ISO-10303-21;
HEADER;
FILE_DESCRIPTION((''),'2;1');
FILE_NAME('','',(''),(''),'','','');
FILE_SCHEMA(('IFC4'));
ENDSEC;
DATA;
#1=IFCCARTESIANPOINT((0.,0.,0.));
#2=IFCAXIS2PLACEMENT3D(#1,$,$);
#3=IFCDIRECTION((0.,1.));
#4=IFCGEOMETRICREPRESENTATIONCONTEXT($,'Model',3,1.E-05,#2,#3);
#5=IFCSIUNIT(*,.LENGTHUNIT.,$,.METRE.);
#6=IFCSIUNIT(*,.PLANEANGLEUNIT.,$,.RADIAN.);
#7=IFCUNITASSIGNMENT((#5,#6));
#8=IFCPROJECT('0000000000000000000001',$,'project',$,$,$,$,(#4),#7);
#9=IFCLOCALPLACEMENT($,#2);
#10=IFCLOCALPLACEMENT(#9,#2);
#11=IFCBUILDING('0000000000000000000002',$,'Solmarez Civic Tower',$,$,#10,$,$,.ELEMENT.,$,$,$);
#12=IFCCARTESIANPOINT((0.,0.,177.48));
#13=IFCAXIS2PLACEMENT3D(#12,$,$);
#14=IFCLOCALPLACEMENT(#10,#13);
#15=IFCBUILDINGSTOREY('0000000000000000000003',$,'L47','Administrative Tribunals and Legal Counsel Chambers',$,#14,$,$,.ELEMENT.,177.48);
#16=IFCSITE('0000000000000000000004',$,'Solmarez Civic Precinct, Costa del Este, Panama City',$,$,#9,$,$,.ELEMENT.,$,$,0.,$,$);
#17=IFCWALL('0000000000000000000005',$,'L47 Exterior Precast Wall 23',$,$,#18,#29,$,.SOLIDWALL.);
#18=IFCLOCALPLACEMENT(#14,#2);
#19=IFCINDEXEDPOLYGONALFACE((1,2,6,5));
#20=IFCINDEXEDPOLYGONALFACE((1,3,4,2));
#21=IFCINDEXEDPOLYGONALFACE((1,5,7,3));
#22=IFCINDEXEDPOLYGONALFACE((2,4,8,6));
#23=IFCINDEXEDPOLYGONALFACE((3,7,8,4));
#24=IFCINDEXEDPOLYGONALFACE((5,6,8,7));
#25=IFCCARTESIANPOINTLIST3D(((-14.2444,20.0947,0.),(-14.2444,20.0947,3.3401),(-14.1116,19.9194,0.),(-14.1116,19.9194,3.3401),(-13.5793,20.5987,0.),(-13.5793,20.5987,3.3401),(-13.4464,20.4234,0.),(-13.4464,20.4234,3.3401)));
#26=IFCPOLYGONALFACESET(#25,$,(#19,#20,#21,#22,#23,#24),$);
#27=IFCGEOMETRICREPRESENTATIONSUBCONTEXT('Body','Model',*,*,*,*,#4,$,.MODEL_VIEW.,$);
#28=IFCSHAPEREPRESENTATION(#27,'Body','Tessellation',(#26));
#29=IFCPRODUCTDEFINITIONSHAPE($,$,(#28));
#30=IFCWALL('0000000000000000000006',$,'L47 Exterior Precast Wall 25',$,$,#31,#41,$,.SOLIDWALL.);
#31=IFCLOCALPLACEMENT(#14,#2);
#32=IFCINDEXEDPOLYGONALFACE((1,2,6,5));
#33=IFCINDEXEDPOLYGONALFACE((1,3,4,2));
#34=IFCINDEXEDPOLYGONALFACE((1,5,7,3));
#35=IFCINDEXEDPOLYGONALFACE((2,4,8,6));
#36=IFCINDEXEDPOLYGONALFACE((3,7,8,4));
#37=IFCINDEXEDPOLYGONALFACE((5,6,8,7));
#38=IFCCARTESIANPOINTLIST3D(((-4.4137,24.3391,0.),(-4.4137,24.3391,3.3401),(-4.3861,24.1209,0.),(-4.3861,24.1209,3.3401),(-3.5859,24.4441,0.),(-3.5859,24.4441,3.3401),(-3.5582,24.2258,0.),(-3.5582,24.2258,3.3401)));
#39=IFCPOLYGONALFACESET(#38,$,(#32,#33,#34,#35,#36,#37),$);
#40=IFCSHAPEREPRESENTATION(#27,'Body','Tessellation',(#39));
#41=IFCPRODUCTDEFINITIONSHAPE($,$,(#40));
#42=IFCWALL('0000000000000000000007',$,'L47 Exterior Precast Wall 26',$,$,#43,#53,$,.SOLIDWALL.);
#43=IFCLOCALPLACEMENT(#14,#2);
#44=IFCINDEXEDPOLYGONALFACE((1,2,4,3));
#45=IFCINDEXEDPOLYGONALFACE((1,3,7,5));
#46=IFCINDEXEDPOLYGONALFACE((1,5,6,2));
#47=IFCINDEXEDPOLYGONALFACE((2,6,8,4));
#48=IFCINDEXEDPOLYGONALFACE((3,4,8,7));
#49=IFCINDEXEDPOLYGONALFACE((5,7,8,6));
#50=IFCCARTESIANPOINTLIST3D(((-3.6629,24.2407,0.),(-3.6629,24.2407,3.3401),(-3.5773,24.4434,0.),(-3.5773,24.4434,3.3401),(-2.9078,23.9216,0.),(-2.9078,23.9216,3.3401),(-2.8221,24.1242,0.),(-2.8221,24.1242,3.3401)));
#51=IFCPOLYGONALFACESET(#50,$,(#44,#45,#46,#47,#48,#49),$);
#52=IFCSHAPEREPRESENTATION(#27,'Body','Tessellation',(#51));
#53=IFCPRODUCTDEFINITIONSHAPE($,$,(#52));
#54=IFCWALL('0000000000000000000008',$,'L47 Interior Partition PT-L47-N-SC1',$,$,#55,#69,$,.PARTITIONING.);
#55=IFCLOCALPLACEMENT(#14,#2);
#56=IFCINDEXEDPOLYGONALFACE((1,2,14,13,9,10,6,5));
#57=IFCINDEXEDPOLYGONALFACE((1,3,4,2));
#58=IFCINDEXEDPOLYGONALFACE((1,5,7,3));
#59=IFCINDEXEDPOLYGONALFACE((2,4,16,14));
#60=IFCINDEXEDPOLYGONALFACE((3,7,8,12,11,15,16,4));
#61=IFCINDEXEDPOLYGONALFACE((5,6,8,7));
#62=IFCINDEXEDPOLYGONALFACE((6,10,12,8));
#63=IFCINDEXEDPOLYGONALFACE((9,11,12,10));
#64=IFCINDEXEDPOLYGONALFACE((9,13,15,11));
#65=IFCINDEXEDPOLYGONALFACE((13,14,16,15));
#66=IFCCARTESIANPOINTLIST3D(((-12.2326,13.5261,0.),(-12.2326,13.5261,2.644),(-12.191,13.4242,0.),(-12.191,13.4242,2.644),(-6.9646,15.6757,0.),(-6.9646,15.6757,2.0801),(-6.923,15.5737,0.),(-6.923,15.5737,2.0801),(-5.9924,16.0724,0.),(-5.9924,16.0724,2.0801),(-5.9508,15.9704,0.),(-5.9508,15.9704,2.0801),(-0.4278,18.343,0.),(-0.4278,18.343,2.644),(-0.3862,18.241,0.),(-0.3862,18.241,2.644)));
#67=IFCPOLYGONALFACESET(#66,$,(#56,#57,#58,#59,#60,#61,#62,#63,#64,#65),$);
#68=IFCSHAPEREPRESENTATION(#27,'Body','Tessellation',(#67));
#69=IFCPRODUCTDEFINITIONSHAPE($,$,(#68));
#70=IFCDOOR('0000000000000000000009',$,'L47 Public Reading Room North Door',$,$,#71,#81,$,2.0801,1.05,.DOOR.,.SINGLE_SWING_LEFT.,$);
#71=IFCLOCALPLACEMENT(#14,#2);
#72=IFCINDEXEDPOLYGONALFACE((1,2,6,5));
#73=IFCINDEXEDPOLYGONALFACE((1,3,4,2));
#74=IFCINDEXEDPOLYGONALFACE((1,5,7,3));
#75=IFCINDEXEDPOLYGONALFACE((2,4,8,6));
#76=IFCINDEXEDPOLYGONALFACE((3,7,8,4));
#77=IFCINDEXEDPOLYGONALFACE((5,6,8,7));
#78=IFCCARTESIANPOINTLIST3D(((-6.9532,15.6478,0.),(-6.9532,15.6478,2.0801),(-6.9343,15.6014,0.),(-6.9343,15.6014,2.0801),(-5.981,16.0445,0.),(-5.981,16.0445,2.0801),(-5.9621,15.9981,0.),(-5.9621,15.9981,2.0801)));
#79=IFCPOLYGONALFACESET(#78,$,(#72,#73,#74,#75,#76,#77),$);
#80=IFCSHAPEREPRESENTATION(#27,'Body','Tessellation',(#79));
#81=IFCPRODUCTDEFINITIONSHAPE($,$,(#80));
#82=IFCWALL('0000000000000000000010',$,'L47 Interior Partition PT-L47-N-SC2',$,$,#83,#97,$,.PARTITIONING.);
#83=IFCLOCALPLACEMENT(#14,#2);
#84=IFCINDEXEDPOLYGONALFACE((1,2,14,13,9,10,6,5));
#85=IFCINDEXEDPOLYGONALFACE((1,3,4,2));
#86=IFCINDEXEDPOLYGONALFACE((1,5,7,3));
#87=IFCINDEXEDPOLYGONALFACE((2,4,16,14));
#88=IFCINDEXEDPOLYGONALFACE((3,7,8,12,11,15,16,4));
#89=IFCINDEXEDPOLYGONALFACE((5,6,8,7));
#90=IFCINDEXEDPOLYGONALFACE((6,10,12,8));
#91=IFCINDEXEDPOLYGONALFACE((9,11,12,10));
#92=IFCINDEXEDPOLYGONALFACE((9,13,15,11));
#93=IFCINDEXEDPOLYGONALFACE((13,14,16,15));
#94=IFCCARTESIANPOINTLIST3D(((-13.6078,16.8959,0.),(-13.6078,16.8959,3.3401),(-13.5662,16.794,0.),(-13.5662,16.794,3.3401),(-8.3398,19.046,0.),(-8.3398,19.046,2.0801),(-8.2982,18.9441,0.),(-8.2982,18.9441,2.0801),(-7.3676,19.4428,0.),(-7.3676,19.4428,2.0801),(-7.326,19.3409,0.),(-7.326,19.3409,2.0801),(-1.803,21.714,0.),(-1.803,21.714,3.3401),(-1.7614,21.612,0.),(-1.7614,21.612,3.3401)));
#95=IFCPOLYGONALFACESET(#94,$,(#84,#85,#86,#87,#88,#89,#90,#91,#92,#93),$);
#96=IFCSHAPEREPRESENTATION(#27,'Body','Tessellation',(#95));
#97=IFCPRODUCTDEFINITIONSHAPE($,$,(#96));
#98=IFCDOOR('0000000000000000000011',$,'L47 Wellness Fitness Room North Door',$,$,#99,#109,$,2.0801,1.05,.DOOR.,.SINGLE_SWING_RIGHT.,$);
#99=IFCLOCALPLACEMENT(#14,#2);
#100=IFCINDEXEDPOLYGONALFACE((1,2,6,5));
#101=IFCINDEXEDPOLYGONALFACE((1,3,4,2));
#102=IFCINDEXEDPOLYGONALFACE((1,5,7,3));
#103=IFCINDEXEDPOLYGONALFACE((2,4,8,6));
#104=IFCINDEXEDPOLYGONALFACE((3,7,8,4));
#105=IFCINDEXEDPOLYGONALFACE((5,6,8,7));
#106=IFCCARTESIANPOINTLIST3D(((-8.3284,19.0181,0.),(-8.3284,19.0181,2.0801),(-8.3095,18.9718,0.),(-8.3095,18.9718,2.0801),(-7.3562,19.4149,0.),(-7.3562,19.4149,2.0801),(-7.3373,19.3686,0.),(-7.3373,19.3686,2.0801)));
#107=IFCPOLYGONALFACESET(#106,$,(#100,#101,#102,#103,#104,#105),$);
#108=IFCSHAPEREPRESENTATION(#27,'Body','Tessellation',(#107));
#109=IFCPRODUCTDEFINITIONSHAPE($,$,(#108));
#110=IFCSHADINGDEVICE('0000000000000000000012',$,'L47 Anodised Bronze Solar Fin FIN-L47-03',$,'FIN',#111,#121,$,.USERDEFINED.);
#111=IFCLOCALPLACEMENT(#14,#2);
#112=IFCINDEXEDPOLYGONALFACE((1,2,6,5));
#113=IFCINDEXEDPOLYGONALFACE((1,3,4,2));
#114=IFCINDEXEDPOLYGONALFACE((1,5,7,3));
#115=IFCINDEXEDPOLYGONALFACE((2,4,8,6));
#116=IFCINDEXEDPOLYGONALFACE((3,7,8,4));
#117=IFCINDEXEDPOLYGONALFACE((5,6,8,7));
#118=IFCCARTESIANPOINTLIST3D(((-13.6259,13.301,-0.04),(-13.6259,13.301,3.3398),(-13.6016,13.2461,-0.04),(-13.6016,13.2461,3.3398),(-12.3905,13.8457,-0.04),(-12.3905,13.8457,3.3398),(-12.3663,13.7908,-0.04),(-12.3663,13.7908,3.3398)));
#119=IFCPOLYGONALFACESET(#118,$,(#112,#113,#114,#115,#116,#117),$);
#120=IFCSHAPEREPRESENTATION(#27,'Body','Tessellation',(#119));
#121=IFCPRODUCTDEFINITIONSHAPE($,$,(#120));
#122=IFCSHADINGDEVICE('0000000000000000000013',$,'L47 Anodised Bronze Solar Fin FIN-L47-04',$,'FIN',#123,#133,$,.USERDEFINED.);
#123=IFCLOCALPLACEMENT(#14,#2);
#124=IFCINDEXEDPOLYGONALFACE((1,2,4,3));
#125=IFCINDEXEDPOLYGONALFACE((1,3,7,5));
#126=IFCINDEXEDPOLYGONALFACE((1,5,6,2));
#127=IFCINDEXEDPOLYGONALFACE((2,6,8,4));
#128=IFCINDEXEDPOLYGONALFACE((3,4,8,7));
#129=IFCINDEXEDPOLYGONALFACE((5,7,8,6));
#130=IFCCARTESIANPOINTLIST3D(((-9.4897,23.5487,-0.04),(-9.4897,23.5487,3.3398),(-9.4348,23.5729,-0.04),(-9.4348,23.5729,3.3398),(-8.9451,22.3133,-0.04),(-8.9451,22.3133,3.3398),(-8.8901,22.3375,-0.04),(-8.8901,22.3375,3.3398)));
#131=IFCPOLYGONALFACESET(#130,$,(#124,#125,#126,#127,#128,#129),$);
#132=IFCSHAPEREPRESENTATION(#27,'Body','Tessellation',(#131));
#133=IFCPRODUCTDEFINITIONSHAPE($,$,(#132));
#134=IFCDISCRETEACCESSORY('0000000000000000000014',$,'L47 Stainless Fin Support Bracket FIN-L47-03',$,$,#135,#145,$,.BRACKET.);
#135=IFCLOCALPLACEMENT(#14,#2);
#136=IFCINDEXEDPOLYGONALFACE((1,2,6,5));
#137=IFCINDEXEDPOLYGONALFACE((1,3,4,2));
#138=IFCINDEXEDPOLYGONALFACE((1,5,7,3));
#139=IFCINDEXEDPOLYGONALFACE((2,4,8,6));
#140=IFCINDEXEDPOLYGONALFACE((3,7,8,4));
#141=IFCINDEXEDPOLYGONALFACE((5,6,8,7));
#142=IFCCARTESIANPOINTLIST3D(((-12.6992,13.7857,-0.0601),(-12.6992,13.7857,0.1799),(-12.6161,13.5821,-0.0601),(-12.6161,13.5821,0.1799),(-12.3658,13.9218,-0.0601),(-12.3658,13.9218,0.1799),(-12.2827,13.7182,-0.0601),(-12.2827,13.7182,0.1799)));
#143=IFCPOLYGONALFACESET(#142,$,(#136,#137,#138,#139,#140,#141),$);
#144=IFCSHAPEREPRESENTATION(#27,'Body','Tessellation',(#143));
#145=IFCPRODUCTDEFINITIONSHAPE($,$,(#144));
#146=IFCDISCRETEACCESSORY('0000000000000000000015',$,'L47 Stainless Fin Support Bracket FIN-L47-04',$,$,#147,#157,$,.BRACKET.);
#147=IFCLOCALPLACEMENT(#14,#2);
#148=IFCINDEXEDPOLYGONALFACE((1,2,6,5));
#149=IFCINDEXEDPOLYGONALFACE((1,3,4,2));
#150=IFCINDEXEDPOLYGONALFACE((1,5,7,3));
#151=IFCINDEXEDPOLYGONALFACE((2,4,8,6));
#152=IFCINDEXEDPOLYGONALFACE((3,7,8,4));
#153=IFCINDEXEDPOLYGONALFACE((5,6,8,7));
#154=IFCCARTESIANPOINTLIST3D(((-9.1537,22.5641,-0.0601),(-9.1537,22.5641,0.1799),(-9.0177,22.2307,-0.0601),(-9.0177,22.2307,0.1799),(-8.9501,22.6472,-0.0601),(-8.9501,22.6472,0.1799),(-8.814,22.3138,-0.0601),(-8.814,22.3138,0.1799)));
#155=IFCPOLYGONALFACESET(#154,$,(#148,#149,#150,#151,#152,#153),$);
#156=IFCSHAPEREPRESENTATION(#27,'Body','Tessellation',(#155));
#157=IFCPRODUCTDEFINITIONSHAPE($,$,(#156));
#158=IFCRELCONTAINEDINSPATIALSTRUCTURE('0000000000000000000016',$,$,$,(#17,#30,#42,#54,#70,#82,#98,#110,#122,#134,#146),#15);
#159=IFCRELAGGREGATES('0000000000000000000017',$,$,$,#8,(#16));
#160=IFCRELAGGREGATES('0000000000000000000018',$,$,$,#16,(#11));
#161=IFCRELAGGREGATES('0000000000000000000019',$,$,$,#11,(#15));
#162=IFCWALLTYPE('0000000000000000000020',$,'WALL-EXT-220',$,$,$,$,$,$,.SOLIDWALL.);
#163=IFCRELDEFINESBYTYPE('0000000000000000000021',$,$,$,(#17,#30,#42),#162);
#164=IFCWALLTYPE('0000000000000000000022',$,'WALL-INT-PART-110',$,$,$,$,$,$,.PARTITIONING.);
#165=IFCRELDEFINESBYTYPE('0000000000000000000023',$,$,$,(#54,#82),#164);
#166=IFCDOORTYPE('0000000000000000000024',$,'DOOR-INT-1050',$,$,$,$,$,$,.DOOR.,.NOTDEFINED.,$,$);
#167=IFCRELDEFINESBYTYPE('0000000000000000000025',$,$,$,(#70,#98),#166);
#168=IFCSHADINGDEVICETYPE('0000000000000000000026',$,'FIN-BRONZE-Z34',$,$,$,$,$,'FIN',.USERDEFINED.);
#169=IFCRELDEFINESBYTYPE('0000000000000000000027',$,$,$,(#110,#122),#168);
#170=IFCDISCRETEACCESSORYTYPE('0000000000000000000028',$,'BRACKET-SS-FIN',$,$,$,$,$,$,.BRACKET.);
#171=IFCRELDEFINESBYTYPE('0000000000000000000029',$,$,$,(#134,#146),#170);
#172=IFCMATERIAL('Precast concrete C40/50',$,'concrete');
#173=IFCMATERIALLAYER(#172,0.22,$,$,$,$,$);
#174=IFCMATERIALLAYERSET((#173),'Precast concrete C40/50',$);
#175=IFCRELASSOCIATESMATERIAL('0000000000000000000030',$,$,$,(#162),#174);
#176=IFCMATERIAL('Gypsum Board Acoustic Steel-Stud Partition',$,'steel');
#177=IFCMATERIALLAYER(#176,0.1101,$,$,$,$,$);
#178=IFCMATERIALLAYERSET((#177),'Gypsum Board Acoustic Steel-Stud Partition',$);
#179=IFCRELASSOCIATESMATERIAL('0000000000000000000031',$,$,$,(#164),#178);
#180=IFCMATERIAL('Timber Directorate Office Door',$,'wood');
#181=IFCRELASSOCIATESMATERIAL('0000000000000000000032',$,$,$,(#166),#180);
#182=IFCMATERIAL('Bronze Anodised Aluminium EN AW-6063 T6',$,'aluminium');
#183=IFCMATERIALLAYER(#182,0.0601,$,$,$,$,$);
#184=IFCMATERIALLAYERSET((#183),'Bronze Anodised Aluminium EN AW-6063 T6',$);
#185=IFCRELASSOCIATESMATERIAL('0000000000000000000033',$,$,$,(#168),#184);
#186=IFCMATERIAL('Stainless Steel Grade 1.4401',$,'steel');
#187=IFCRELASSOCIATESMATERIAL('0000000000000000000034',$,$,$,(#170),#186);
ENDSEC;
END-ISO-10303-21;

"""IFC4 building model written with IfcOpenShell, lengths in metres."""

from ifc_helpers import new_model, si_unit, direction, frame, frame_2d, origin, origin_2d, place, context, subcontext, project, spatial, rectangle, extrude, material, layer, layer_set, type_object, element, fill, save


model = new_model("IFC4")

# Units and contexts
model_context = context("Model", 3, precision=1e-05, world=origin(), true_north=direction((0.0, 1.0)))
body_context = subcontext(model_context, "Body", "Model", "MODEL_VIEW")
ifc_project = project(units=[si_unit("LENGTHUNIT", "METRE"), si_unit("PLANEANGLEUNIT", "RADIAN")], contexts=[model_context])

# Site, building, storey
site_placement = place(None, origin())
site = spatial("IfcSite", under=ifc_project, at=site_placement, Name="Solmarez Civic Precinct, Costa del Este, Panama City", CompositionType="ELEMENT", RefElevation=0.0)
building_placement = place(site_placement, origin())
building = spatial("IfcBuilding", under=site, at=building_placement, Name="Solmarez Civic Tower", CompositionType="ELEMENT")
storey_placement = place(building_placement, frame((0.0, 0.0, 177.48)))
storey = spatial("IfcBuildingStorey", under=building, at=storey_placement, Name="L47", Description="Administrative Tribunals and Legal Counsel Chambers", CompositionType="ELEMENT", Elevation=177.48)

# Shared definitions
ifc_material_1 = material(Name="Bronze Anodised Aluminium EN AW-6063 T6", Category="aluminium")

# Walls
ifc_material_2 = material(Name="Precast concrete C40/50", Category="concrete")
ifc_layer_1 = layer(ifc_material_2, 0.22)
ifc_layer_set_1 = layer_set([ifc_layer_1], Name="Precast concrete C40/50")
wall_type_1 = type_object("IfcWallType", Name="WALL-EXT-220", PredefinedType="SOLIDWALL", material=ifc_layer_set_1)
for number, where, z_axis, x_axis, name in (
    (1, (-14.178, 20.0071, 0.0), (0.0, 0.0, 1.0), (0.797041, 0.603925, 0.0), "L47 Exterior Precast Wall 23"),
    (2, (-4.3999, 24.23, 0.0), (0.0, 0.0, 1.0), (0.992056, 0.125799, 0.0), "L47 Exterior Precast Wall 25"),
):
    element("IfcWall", number, at=place(storey_placement, frame(where, z_axis=z_axis, x_axis=x_axis)), inside=storey, type_object=wall_type_1, Name=name, PredefinedType="SOLIDWALL", context=body_context, shape_type="SweptSolid", body=[
        extrude(rectangle(XDim=0.8345, YDim=0.22, at=frame_2d((0.4172, 0.0))), origin(), (0.0, 0.0, 1.0), 3.3401),
    ])
wall_1_placement = place(storey_placement, frame((-3.6201, 24.342, 0.0), z_axis=(0.0, 0.0, 1.0), x_axis=(0.921136, -0.389242, 0.0)))
element("IfcWall", 3, at=wall_1_placement, inside=storey, type_object=wall_type_1, Name="L47 Exterior Precast Wall 26", PredefinedType="SOLIDWALL", context=body_context, shape_type="SweptSolid", body=[
    extrude(rectangle(XDim=0.8198, YDim=0.22, at=frame_2d((0.4099, 0.0))), origin(), (0.0, 0.0, 1.0), 3.3401),
])

# Walls, openings, doors
ifc_material_3 = material(Name="Gypsum Board Acoustic Steel-Stud Partition", Category="steel")
ifc_layer_2 = layer(ifc_material_3, 0.1101)
ifc_layer_set_2 = layer_set([ifc_layer_2], Name="Gypsum Board Acoustic Steel-Stud Partition")
wall_type_2 = type_object("IfcWallType", Name="WALL-INT-PART-110", PredefinedType="PARTITIONING", material=ifc_layer_set_2)
wall_2_placement = place(storey_placement, frame((-12.2119, 13.4751, 0.0), z_axis=(0.0, 0.0, 1.0), x_axis=(0.925887, 0.3778, 0.0)))
wall_2 = element("IfcWall", 4, at=wall_2_placement, inside=storey, type_object=wall_type_2, Name="L47 Interior Partition PT-L47-N-SC1", PredefinedType="PARTITIONING", context=body_context, shape_type="SweptSolid", body=[
    extrude(rectangle(XDim=12.7498, YDim=0.1101, at=frame_2d((6.375, 0.0))), origin(), (0.0, 0.0, 1.0), 2.644),
])
opening_1_placement = place(wall_2_placement, frame((5.6899, 0.0, 0.0)))
opening_1 = element("IfcOpeningElement", 5, at=opening_1_placement, cuts=wall_2, PredefinedType="OPENING", context=body_context, shape_type="SweptSolid", body=[
    extrude(rectangle(XDim=1.05, YDim=2.0801, at=frame_2d((0.5249, 1.04))), frame((0.0, 0.0649, 0.0), z_axis=(0.0, -1.0, 0.0), x_axis=(1.0, 0.0, 0.0)), (0.0, 0.0, 1.0), 0.1301),
])
ifc_material_4 = material(Name="Timber Directorate Office Door", Category="wood")
door_type = type_object("IfcDoorType", Name="DOOR-INT-1050", OperationType="NOTDEFINED", PredefinedType="DOOR", material=ifc_material_4)
door_1_placement = place(opening_1_placement, origin())
door_1 = element("IfcDoor", 6, at=door_1_placement, inside=storey, type_object=door_type, Name="L47 Public Reading Room North Door", OperationType="SINGLE_SWING_LEFT", OverallHeight=2.0801, OverallWidth=1.05, PredefinedType="DOOR", context=body_context, shape_type="SweptSolid", body=[
    extrude(rectangle(XDim=1.05, YDim=2.0801, at=frame_2d((0.5249, 1.04))), frame((0.0, 0.0249, 0.0), z_axis=(0.0, -1.0, 0.0), x_axis=(1.0, 0.0, 0.0)), (0.0, 0.0, 1.0), 0.05),
])
fill(opening_1, door_1)
wall_3_placement = place(storey_placement, frame((-13.5869, 16.845, 0.0), z_axis=(0.0, 0.0, 1.0), x_axis=(0.925854, 0.377882, 0.0)))
wall_3 = element("IfcWall", 7, at=wall_3_placement, inside=storey, type_object=wall_type_2, Name="L47 Interior Partition PT-L47-N-SC2", PredefinedType="PARTITIONING", context=body_context, shape_type="SweptSolid", body=[
    extrude(rectangle(XDim=12.7502, YDim=0.1101, at=frame_2d((6.375, 0.0))), origin(), (0.0, 0.0, 1.0), 3.3401),
])
opening_2_placement = place(wall_3_placement, frame((5.6899, 0.0, 0.0)))
opening_2 = element("IfcOpeningElement", 8, at=opening_2_placement, cuts=wall_3, PredefinedType="OPENING", context=body_context, shape_type="SweptSolid", body=[
    extrude(rectangle(XDim=1.05, YDim=2.0801, at=frame_2d((0.5249, 1.04))), frame((0.0, 0.0649, 0.0), z_axis=(0.0, -1.0, 0.0), x_axis=(1.0, 0.0, 0.0)), (0.0, 0.0, 1.0), 0.1301),
])
door_2_placement = place(opening_2_placement, origin())
door_2 = element("IfcDoor", 9, at=door_2_placement, inside=storey, type_object=door_type, Name="L47 Wellness Fitness Room North Door", OperationType="SINGLE_SWING_RIGHT", OverallHeight=2.0801, OverallWidth=1.05, PredefinedType="DOOR", context=body_context, shape_type="SweptSolid", body=[
    extrude(rectangle(XDim=1.05, YDim=2.0801, at=frame_2d((0.5249, 1.04))), frame((0.0, 0.0249, 0.0), z_axis=(0.0, -1.0, 0.0), x_axis=(1.0, 0.0, 0.0)), (0.0, 0.0, 1.0), 0.05),
])
fill(opening_2, door_2)

# Shading devices
ifc_layer_3 = layer(ifc_material_1, 0.0601)
ifc_layer_set_3 = layer_set([ifc_layer_3], Name="Bronze Anodised Aluminium EN AW-6063 T6")
shading_device_type = type_object("IfcShadingDeviceType", Name="FIN-BRONZE-Z34", ElementType="FIN", PredefinedType="USERDEFINED", material=ifc_layer_set_3)
for number, where, z_axis, x_axis, name in (
    (10, (-12.9961, 13.5459, -0.04), (0.0, 0.0, 1.0), (-0.915002, -0.403449, 0.0), "L47 Anodised Bronze Solar Fin FIN-L47-03"),
    (11, (-9.1899, 22.9431, -0.04), (0.0, 0.0, 1.0), (-0.403402, 0.915023, 0.0), "L47 Anodised Bronze Solar Fin FIN-L47-04"),
):
    element("IfcShadingDevice", number, at=place(storey_placement, frame(where, z_axis=z_axis, x_axis=x_axis)), inside=storey, type_object=shading_device_type, Name=name, ObjectType="FIN", PredefinedType="USERDEFINED", context=body_context, shape_type="SweptSolid", body=[
        extrude(rectangle(XDim=1.3501, YDim=0.0601, at=origin_2d()), origin(), (0.0, 0.0, 1.0), 3.3799),
    ])

# Discrete accessories
ifc_material_5 = material(Name="Stainless Steel Grade 1.4401", Category="steel")
discrete_accessory_type = type_object("IfcDiscreteAccessoryType", Name="BRACKET-SS-FIN", PredefinedType="BRACKET", material=ifc_material_5)
for number, where, z_axis, x_axis, name in (
    (12, (-12.491, 13.752, -0.0601), (0.0, 0.0, 1.0), (-0.925863, -0.377858, 0.0), "L47 Stainless Fin Support Bracket FIN-L47-03"),
    (13, (-8.9839, 22.439, -0.0601), (0.0, 0.0, 1.0), (-0.377814, 0.925882, 0.0), "L47 Stainless Fin Support Bracket FIN-L47-04"),
):
    element("IfcDiscreteAccessory", number, at=place(storey_placement, frame(where, z_axis=z_axis, x_axis=x_axis)), inside=storey, type_object=discrete_accessory_type, Name=name, PredefinedType="BRACKET", context=body_context, shape_type="SweptSolid", body=[
        extrude(rectangle(XDim=0.3601, YDim=0.22, at=origin_2d()), origin(), (0.0, 0.0, 1.0), 0.24),
    ])

save(model, "model.ifc")
